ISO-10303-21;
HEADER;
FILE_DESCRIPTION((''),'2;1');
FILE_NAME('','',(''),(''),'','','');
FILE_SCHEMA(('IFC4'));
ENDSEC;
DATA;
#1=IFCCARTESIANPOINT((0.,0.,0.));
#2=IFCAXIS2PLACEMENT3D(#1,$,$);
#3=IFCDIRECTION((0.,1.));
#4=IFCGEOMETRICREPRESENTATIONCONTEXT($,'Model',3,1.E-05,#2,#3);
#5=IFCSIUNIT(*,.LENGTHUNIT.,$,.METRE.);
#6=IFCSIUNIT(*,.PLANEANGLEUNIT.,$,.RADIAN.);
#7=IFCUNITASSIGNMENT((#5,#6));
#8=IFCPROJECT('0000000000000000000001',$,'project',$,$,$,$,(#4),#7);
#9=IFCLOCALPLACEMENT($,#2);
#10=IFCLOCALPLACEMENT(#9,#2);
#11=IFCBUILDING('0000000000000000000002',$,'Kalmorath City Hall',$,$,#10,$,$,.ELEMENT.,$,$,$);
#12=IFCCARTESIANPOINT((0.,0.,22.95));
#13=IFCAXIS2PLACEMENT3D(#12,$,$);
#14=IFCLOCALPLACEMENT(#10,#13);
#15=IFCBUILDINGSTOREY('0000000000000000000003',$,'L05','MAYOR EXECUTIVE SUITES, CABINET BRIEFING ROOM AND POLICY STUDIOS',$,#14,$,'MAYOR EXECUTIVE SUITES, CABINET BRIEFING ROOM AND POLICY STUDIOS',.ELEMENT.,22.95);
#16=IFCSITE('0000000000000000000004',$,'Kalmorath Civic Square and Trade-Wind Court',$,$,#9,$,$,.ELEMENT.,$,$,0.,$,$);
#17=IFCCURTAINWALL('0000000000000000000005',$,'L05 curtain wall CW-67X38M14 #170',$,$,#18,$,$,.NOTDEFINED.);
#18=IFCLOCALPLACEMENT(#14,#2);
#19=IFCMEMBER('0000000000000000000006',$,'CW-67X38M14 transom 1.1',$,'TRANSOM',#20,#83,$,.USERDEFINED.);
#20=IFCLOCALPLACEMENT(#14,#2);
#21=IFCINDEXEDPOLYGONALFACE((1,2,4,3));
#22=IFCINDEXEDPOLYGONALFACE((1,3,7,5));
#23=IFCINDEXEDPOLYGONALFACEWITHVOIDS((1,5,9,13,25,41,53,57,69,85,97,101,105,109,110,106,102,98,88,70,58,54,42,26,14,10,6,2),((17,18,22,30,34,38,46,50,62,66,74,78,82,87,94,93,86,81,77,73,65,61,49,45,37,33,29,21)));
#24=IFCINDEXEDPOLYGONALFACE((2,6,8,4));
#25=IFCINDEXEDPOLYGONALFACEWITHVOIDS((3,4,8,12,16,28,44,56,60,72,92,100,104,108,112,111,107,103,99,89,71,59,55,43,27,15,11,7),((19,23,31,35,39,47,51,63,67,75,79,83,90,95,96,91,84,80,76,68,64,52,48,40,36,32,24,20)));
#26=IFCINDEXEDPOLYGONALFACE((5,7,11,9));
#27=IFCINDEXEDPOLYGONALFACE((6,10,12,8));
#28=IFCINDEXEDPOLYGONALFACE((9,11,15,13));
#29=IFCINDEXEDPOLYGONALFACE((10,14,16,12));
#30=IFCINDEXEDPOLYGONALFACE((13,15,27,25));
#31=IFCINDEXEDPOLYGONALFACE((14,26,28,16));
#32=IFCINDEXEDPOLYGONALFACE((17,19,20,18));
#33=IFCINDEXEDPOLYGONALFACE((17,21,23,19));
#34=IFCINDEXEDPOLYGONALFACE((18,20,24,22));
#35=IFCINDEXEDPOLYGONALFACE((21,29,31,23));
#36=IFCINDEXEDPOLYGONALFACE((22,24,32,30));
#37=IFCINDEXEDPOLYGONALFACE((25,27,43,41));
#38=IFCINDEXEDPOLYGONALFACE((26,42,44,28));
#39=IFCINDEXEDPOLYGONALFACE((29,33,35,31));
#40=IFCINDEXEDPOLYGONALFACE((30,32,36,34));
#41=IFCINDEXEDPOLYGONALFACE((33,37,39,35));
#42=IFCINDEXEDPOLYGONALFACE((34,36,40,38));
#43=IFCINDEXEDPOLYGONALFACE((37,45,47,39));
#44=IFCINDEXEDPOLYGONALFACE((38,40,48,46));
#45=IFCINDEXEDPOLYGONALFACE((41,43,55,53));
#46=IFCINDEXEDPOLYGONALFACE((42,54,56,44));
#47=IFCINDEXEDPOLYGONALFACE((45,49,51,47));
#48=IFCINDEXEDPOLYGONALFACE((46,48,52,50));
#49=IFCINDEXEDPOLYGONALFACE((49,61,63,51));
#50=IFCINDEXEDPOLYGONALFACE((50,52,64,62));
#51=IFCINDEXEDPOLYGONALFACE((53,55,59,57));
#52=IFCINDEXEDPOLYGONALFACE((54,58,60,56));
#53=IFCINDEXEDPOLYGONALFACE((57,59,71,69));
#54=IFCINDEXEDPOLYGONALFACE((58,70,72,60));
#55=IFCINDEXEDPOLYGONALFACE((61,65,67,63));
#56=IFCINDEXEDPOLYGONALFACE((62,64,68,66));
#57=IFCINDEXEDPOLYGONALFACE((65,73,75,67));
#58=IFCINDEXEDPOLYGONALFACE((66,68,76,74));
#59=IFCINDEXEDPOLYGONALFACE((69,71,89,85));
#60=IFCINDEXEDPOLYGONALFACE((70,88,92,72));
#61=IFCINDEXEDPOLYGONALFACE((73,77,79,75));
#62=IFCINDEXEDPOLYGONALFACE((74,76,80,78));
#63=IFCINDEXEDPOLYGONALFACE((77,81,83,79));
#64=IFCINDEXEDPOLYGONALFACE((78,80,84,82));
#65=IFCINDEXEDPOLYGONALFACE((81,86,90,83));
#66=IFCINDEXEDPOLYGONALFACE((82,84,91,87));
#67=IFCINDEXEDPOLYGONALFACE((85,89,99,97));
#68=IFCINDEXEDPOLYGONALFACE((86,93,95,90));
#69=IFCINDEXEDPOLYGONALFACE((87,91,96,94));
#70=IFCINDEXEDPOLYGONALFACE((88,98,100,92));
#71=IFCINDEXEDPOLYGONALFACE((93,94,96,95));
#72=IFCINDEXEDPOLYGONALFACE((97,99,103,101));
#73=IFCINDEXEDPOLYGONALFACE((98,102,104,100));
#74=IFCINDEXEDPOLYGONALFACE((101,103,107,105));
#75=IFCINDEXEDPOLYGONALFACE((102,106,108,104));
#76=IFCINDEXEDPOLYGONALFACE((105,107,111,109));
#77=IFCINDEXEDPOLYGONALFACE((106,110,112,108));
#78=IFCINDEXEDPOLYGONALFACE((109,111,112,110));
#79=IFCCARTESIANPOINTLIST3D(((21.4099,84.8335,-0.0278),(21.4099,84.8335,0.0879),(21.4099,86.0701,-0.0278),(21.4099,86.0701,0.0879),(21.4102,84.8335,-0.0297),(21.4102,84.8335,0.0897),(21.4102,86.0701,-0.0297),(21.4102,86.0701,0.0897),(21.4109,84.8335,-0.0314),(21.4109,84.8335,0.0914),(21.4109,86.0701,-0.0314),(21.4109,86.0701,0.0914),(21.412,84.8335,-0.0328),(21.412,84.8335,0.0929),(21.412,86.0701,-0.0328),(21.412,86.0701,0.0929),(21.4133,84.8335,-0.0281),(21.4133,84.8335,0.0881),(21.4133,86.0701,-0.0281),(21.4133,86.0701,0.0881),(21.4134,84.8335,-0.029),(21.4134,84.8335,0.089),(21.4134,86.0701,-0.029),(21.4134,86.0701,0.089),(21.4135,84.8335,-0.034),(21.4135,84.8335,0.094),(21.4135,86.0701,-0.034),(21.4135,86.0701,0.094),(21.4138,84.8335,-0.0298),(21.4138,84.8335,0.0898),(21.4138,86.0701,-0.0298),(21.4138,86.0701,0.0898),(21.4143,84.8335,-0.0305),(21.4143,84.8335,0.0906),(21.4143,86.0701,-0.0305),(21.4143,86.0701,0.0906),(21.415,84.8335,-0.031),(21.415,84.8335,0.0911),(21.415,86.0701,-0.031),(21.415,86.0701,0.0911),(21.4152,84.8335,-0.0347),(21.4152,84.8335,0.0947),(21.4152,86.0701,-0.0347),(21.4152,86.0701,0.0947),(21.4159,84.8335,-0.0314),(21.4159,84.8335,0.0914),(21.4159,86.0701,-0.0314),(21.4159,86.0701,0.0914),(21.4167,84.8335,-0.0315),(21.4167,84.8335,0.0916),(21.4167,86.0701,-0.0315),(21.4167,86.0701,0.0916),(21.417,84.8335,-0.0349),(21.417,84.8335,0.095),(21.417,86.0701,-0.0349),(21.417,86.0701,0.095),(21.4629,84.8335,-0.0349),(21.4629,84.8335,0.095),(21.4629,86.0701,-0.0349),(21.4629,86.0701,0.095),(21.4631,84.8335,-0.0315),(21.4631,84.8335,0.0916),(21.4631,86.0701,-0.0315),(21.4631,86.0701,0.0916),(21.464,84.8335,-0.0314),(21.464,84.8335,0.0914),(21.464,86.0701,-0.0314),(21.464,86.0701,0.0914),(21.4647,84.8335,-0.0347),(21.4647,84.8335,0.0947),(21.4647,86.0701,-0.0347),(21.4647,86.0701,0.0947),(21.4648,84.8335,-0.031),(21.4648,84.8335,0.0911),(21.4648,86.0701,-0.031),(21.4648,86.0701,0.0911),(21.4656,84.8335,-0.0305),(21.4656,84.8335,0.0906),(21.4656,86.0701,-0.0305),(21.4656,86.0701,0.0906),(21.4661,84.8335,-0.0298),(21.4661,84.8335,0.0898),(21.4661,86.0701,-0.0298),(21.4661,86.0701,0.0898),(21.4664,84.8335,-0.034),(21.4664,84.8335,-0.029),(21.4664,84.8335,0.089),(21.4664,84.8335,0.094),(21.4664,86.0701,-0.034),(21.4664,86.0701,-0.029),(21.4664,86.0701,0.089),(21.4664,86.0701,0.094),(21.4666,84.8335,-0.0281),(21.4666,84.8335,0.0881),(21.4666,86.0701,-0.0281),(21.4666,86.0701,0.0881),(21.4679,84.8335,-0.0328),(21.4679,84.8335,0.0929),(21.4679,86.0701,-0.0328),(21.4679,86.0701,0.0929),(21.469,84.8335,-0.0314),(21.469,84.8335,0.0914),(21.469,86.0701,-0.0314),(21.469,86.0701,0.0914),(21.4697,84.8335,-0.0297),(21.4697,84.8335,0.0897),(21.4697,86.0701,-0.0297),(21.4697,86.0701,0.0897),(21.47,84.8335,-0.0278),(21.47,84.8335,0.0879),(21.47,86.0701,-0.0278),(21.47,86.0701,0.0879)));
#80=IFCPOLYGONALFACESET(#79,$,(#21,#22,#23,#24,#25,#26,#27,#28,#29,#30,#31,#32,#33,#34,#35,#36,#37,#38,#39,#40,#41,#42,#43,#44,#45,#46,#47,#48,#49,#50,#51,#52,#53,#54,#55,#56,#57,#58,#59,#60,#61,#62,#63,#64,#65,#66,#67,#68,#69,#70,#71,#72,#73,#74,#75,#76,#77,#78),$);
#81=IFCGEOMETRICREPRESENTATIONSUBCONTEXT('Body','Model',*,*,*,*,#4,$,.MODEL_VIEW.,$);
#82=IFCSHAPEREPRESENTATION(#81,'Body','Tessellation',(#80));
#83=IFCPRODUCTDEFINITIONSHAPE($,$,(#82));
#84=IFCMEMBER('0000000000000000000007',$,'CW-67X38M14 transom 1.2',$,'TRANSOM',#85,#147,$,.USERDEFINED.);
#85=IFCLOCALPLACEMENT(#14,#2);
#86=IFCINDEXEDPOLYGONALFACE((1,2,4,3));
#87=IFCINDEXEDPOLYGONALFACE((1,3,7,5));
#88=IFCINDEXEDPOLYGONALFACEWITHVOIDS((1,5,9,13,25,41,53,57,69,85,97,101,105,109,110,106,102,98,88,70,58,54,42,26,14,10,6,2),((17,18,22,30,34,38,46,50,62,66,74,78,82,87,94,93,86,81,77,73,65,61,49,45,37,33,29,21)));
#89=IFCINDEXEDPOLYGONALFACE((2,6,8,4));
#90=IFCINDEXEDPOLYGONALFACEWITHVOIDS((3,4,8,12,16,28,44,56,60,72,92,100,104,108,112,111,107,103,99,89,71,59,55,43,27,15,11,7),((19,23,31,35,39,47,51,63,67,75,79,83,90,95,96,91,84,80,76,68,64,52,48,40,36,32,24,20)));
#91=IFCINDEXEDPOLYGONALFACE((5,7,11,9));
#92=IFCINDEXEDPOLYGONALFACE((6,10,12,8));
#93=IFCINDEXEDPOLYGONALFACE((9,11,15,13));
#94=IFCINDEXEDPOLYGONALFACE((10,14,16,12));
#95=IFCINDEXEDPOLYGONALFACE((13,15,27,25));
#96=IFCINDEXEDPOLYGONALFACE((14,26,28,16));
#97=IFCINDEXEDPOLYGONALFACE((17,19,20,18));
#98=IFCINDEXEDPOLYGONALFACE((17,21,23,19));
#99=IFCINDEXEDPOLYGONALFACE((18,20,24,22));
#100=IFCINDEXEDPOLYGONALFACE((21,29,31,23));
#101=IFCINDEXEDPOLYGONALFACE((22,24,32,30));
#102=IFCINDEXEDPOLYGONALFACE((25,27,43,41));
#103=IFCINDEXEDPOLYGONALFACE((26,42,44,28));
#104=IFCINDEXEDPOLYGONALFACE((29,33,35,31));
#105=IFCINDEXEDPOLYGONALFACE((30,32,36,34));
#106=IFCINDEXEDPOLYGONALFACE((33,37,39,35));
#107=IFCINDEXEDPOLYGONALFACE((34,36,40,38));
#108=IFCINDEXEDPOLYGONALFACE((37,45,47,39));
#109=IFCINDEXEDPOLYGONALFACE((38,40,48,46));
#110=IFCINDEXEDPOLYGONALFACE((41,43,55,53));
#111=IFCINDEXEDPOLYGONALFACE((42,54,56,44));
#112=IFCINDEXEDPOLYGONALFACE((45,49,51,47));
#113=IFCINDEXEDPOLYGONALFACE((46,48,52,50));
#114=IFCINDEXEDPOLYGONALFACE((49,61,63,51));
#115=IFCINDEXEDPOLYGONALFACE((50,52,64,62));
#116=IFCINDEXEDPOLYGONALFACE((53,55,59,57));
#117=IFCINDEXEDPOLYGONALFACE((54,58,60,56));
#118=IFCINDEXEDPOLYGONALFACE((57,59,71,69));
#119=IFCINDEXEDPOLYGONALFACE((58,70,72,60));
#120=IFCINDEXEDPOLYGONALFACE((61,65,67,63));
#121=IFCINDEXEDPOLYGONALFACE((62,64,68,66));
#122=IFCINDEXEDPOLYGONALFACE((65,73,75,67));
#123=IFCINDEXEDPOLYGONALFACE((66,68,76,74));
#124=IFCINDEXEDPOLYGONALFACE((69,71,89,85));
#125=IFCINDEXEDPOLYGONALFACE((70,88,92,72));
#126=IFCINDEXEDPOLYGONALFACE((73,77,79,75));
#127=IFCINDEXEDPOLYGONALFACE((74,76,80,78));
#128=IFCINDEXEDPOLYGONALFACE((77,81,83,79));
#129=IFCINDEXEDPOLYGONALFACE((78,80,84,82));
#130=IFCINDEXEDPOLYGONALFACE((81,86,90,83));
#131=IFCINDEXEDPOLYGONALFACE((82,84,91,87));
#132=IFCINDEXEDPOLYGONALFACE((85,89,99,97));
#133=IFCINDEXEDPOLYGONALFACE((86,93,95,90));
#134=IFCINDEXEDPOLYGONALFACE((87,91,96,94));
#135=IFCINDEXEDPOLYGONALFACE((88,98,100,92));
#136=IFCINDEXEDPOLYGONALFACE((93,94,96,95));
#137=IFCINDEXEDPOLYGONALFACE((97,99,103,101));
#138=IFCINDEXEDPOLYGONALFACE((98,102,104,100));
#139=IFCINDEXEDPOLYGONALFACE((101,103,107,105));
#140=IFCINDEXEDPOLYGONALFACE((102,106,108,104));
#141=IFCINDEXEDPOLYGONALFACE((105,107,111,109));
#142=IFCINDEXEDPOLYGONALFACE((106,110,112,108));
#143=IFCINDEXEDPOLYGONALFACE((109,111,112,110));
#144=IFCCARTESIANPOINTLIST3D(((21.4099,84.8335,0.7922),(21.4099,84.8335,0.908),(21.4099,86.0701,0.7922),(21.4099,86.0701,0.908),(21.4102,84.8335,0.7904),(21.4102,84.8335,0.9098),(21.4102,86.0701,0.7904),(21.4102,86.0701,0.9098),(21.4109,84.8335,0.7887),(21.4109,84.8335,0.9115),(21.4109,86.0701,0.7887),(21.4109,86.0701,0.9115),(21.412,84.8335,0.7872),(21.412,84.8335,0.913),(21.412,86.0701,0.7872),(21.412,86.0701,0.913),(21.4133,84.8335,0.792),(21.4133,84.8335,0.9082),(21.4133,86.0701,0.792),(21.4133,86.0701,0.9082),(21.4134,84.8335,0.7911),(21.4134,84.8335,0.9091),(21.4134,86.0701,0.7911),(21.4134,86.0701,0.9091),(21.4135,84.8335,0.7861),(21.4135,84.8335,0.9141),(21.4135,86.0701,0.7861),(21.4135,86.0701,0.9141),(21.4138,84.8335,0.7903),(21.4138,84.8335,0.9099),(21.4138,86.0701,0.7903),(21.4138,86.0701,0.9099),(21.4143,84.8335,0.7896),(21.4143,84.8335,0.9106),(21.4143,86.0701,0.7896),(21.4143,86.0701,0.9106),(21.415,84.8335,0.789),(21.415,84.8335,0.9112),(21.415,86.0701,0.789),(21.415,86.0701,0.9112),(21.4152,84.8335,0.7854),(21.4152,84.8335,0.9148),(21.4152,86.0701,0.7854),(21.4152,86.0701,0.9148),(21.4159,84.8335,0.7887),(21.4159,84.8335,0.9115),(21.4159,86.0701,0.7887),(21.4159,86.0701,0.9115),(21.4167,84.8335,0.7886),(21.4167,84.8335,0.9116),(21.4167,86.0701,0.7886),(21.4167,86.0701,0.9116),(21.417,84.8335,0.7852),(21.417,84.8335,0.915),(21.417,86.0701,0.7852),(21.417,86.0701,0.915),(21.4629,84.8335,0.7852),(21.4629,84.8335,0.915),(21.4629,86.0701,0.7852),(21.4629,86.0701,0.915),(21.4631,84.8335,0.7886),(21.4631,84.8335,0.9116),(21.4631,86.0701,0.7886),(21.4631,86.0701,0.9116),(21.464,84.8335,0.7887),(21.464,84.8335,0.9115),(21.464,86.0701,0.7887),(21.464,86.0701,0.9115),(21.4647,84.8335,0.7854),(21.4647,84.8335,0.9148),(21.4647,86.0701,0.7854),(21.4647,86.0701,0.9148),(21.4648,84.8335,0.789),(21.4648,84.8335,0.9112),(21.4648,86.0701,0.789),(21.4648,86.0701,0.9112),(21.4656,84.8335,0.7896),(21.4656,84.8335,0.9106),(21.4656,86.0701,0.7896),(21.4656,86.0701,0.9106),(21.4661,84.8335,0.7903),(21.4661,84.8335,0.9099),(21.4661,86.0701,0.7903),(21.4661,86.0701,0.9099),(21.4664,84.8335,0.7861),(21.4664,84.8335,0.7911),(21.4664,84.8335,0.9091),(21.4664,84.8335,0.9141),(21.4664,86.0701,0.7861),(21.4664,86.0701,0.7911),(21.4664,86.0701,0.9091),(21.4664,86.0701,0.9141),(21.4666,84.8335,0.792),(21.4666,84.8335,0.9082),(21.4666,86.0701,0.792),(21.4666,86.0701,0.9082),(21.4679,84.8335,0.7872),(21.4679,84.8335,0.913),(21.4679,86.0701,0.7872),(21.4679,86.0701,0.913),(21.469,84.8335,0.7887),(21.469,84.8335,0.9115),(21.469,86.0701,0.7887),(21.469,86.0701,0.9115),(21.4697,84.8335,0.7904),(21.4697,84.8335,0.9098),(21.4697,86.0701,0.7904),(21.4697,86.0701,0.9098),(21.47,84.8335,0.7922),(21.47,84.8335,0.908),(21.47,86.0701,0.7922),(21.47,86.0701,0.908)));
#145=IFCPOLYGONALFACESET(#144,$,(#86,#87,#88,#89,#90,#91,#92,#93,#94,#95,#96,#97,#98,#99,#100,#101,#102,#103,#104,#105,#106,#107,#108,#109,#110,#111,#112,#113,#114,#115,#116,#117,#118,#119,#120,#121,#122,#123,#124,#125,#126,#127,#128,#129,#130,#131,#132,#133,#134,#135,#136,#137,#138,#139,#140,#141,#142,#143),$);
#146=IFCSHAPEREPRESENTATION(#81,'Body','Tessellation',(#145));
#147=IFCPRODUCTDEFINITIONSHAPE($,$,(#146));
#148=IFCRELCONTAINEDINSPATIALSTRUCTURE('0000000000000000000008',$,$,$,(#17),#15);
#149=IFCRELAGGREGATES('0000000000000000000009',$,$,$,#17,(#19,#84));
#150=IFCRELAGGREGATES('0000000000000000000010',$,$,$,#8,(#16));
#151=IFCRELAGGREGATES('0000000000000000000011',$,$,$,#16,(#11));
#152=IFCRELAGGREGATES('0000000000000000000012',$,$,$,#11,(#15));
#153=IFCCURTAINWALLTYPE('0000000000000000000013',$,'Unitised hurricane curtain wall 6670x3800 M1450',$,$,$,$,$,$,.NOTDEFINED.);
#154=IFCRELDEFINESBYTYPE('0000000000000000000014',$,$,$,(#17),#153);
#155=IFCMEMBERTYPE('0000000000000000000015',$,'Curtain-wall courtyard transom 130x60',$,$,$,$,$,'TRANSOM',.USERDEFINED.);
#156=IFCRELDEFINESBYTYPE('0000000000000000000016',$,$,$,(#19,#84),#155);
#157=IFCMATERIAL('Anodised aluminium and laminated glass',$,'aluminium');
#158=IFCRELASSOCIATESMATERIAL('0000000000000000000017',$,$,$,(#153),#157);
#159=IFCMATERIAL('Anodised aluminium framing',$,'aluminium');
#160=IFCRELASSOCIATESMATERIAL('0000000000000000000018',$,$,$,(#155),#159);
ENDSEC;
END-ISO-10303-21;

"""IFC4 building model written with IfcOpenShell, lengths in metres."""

from ifc_helpers import new_model, si_unit, direction, frame, origin, origin_2d, place, context, subcontext, project, spatial, hollow_rectangle, extrude, material, material_profile, profile_set, type_object, element, aggregate, save


model = new_model("IFC4")

# Units and contexts
model_context = context("Model", 3, precision=1e-05, world=origin(), true_north=direction((0.0, 1.0)))
body_context = subcontext(model_context, "Body", "Model", "MODEL_VIEW")
ifc_project = project(units=[si_unit("LENGTHUNIT", "METRE"), si_unit("PLANEANGLEUNIT", "RADIAN")], contexts=[model_context])

# Site, building, storey
site_placement = place(None, origin())
site = spatial("IfcSite", under=ifc_project, at=site_placement, Name="Kalmorath Civic Square and Trade-Wind Court", CompositionType="ELEMENT", RefElevation=0.0)
building_placement = place(site_placement, origin())
building = spatial("IfcBuilding", under=site, at=building_placement, Name="Kalmorath City Hall", CompositionType="ELEMENT")
storey_placement = place(building_placement, frame((0.0, 0.0, 22.95)))
storey = spatial("IfcBuildingStorey", under=building, at=storey_placement, Name="L05", Description="MAYOR EXECUTIVE SUITES, CABINET BRIEFING ROOM AND POLICY STUDIOS", LongName="MAYOR EXECUTIVE SUITES, CABINET BRIEFING ROOM AND POLICY STUDIOS", CompositionType="ELEMENT", Elevation=22.95)

# Curtain wall, members
ifc_material_1 = material(Name="Anodised aluminium and laminated glass", Category="aluminium")
curtain_wall_type = type_object("IfcCurtainWallType", Name="Unitised hurricane curtain wall 6670x3800 M1450", PredefinedType="NOTDEFINED", material=ifc_material_1)
curtain_wall_placement = place(storey_placement, origin())
curtain_wall = element("IfcCurtainWall", 1, at=curtain_wall_placement, inside=storey, type_object=curtain_wall_type, Name="L05 curtain wall CW-67X38M14 #170", PredefinedType="NOTDEFINED")
ifc_material_2 = material(Name="Anodised aluminium framing", Category="aluminium")
ifc_material_profile_1 = material_profile(ifc_material_2, hollow_rectangle(XDim=0.0601, YDim=0.1299, WallThickness=0.0034, InnerFilletRadius=0.0034, OuterFilletRadius=0.0071, at=origin_2d()), Name="ALU-TRN-130X60X3.5")
ifc_profile_set_1 = profile_set([ifc_material_profile_1], Name="Anodised aluminium framing")
member_type_1 = type_object("IfcMemberType", Name="Curtain-wall courtyard transom 130x60", ElementType="TRANSOM", PredefinedType="USERDEFINED", material=ifc_profile_set_1)
member_1_placement = place(storey_placement, frame((21.4399, 86.0701, 0.03), z_axis=(0.0, -1.0, 0.0), x_axis=(1.0, 0.0, 0.0)))
member_1 = element("IfcMember", 2, at=member_1_placement, type_object=member_type_1, Name="CW-67X38M14 transom 1.1", ObjectType="TRANSOM", PredefinedType="USERDEFINED", context=body_context, shape_type="SweptSolid", body=[
    extrude(hollow_rectangle(XDim=0.0601, YDim=0.1299, WallThickness=0.0034, InnerFilletRadius=0.0034, OuterFilletRadius=0.0071, at=origin_2d()), origin(), (0.0, 0.0, 1.0), 1.2366),
])
member_2_placement = place(storey_placement, frame((21.4399, 86.0701, 0.8501), z_axis=(0.0, -1.0, 0.0), x_axis=(1.0, 0.0, 0.0)))
member_2 = element("IfcMember", 3, at=member_2_placement, type_object=member_type_1, Name="CW-67X38M14 transom 1.2", ObjectType="TRANSOM", PredefinedType="USERDEFINED", context=body_context, shape_type="SweptSolid", body=[
    extrude(hollow_rectangle(XDim=0.0601, YDim=0.1299, WallThickness=0.0034, InnerFilletRadius=0.0034, OuterFilletRadius=0.0071, at=origin_2d()), origin(), (0.0, 0.0, 1.0), 1.2366),
])

aggregate(curtain_wall, [member_1, member_2])

save(model, "model.ifc")
